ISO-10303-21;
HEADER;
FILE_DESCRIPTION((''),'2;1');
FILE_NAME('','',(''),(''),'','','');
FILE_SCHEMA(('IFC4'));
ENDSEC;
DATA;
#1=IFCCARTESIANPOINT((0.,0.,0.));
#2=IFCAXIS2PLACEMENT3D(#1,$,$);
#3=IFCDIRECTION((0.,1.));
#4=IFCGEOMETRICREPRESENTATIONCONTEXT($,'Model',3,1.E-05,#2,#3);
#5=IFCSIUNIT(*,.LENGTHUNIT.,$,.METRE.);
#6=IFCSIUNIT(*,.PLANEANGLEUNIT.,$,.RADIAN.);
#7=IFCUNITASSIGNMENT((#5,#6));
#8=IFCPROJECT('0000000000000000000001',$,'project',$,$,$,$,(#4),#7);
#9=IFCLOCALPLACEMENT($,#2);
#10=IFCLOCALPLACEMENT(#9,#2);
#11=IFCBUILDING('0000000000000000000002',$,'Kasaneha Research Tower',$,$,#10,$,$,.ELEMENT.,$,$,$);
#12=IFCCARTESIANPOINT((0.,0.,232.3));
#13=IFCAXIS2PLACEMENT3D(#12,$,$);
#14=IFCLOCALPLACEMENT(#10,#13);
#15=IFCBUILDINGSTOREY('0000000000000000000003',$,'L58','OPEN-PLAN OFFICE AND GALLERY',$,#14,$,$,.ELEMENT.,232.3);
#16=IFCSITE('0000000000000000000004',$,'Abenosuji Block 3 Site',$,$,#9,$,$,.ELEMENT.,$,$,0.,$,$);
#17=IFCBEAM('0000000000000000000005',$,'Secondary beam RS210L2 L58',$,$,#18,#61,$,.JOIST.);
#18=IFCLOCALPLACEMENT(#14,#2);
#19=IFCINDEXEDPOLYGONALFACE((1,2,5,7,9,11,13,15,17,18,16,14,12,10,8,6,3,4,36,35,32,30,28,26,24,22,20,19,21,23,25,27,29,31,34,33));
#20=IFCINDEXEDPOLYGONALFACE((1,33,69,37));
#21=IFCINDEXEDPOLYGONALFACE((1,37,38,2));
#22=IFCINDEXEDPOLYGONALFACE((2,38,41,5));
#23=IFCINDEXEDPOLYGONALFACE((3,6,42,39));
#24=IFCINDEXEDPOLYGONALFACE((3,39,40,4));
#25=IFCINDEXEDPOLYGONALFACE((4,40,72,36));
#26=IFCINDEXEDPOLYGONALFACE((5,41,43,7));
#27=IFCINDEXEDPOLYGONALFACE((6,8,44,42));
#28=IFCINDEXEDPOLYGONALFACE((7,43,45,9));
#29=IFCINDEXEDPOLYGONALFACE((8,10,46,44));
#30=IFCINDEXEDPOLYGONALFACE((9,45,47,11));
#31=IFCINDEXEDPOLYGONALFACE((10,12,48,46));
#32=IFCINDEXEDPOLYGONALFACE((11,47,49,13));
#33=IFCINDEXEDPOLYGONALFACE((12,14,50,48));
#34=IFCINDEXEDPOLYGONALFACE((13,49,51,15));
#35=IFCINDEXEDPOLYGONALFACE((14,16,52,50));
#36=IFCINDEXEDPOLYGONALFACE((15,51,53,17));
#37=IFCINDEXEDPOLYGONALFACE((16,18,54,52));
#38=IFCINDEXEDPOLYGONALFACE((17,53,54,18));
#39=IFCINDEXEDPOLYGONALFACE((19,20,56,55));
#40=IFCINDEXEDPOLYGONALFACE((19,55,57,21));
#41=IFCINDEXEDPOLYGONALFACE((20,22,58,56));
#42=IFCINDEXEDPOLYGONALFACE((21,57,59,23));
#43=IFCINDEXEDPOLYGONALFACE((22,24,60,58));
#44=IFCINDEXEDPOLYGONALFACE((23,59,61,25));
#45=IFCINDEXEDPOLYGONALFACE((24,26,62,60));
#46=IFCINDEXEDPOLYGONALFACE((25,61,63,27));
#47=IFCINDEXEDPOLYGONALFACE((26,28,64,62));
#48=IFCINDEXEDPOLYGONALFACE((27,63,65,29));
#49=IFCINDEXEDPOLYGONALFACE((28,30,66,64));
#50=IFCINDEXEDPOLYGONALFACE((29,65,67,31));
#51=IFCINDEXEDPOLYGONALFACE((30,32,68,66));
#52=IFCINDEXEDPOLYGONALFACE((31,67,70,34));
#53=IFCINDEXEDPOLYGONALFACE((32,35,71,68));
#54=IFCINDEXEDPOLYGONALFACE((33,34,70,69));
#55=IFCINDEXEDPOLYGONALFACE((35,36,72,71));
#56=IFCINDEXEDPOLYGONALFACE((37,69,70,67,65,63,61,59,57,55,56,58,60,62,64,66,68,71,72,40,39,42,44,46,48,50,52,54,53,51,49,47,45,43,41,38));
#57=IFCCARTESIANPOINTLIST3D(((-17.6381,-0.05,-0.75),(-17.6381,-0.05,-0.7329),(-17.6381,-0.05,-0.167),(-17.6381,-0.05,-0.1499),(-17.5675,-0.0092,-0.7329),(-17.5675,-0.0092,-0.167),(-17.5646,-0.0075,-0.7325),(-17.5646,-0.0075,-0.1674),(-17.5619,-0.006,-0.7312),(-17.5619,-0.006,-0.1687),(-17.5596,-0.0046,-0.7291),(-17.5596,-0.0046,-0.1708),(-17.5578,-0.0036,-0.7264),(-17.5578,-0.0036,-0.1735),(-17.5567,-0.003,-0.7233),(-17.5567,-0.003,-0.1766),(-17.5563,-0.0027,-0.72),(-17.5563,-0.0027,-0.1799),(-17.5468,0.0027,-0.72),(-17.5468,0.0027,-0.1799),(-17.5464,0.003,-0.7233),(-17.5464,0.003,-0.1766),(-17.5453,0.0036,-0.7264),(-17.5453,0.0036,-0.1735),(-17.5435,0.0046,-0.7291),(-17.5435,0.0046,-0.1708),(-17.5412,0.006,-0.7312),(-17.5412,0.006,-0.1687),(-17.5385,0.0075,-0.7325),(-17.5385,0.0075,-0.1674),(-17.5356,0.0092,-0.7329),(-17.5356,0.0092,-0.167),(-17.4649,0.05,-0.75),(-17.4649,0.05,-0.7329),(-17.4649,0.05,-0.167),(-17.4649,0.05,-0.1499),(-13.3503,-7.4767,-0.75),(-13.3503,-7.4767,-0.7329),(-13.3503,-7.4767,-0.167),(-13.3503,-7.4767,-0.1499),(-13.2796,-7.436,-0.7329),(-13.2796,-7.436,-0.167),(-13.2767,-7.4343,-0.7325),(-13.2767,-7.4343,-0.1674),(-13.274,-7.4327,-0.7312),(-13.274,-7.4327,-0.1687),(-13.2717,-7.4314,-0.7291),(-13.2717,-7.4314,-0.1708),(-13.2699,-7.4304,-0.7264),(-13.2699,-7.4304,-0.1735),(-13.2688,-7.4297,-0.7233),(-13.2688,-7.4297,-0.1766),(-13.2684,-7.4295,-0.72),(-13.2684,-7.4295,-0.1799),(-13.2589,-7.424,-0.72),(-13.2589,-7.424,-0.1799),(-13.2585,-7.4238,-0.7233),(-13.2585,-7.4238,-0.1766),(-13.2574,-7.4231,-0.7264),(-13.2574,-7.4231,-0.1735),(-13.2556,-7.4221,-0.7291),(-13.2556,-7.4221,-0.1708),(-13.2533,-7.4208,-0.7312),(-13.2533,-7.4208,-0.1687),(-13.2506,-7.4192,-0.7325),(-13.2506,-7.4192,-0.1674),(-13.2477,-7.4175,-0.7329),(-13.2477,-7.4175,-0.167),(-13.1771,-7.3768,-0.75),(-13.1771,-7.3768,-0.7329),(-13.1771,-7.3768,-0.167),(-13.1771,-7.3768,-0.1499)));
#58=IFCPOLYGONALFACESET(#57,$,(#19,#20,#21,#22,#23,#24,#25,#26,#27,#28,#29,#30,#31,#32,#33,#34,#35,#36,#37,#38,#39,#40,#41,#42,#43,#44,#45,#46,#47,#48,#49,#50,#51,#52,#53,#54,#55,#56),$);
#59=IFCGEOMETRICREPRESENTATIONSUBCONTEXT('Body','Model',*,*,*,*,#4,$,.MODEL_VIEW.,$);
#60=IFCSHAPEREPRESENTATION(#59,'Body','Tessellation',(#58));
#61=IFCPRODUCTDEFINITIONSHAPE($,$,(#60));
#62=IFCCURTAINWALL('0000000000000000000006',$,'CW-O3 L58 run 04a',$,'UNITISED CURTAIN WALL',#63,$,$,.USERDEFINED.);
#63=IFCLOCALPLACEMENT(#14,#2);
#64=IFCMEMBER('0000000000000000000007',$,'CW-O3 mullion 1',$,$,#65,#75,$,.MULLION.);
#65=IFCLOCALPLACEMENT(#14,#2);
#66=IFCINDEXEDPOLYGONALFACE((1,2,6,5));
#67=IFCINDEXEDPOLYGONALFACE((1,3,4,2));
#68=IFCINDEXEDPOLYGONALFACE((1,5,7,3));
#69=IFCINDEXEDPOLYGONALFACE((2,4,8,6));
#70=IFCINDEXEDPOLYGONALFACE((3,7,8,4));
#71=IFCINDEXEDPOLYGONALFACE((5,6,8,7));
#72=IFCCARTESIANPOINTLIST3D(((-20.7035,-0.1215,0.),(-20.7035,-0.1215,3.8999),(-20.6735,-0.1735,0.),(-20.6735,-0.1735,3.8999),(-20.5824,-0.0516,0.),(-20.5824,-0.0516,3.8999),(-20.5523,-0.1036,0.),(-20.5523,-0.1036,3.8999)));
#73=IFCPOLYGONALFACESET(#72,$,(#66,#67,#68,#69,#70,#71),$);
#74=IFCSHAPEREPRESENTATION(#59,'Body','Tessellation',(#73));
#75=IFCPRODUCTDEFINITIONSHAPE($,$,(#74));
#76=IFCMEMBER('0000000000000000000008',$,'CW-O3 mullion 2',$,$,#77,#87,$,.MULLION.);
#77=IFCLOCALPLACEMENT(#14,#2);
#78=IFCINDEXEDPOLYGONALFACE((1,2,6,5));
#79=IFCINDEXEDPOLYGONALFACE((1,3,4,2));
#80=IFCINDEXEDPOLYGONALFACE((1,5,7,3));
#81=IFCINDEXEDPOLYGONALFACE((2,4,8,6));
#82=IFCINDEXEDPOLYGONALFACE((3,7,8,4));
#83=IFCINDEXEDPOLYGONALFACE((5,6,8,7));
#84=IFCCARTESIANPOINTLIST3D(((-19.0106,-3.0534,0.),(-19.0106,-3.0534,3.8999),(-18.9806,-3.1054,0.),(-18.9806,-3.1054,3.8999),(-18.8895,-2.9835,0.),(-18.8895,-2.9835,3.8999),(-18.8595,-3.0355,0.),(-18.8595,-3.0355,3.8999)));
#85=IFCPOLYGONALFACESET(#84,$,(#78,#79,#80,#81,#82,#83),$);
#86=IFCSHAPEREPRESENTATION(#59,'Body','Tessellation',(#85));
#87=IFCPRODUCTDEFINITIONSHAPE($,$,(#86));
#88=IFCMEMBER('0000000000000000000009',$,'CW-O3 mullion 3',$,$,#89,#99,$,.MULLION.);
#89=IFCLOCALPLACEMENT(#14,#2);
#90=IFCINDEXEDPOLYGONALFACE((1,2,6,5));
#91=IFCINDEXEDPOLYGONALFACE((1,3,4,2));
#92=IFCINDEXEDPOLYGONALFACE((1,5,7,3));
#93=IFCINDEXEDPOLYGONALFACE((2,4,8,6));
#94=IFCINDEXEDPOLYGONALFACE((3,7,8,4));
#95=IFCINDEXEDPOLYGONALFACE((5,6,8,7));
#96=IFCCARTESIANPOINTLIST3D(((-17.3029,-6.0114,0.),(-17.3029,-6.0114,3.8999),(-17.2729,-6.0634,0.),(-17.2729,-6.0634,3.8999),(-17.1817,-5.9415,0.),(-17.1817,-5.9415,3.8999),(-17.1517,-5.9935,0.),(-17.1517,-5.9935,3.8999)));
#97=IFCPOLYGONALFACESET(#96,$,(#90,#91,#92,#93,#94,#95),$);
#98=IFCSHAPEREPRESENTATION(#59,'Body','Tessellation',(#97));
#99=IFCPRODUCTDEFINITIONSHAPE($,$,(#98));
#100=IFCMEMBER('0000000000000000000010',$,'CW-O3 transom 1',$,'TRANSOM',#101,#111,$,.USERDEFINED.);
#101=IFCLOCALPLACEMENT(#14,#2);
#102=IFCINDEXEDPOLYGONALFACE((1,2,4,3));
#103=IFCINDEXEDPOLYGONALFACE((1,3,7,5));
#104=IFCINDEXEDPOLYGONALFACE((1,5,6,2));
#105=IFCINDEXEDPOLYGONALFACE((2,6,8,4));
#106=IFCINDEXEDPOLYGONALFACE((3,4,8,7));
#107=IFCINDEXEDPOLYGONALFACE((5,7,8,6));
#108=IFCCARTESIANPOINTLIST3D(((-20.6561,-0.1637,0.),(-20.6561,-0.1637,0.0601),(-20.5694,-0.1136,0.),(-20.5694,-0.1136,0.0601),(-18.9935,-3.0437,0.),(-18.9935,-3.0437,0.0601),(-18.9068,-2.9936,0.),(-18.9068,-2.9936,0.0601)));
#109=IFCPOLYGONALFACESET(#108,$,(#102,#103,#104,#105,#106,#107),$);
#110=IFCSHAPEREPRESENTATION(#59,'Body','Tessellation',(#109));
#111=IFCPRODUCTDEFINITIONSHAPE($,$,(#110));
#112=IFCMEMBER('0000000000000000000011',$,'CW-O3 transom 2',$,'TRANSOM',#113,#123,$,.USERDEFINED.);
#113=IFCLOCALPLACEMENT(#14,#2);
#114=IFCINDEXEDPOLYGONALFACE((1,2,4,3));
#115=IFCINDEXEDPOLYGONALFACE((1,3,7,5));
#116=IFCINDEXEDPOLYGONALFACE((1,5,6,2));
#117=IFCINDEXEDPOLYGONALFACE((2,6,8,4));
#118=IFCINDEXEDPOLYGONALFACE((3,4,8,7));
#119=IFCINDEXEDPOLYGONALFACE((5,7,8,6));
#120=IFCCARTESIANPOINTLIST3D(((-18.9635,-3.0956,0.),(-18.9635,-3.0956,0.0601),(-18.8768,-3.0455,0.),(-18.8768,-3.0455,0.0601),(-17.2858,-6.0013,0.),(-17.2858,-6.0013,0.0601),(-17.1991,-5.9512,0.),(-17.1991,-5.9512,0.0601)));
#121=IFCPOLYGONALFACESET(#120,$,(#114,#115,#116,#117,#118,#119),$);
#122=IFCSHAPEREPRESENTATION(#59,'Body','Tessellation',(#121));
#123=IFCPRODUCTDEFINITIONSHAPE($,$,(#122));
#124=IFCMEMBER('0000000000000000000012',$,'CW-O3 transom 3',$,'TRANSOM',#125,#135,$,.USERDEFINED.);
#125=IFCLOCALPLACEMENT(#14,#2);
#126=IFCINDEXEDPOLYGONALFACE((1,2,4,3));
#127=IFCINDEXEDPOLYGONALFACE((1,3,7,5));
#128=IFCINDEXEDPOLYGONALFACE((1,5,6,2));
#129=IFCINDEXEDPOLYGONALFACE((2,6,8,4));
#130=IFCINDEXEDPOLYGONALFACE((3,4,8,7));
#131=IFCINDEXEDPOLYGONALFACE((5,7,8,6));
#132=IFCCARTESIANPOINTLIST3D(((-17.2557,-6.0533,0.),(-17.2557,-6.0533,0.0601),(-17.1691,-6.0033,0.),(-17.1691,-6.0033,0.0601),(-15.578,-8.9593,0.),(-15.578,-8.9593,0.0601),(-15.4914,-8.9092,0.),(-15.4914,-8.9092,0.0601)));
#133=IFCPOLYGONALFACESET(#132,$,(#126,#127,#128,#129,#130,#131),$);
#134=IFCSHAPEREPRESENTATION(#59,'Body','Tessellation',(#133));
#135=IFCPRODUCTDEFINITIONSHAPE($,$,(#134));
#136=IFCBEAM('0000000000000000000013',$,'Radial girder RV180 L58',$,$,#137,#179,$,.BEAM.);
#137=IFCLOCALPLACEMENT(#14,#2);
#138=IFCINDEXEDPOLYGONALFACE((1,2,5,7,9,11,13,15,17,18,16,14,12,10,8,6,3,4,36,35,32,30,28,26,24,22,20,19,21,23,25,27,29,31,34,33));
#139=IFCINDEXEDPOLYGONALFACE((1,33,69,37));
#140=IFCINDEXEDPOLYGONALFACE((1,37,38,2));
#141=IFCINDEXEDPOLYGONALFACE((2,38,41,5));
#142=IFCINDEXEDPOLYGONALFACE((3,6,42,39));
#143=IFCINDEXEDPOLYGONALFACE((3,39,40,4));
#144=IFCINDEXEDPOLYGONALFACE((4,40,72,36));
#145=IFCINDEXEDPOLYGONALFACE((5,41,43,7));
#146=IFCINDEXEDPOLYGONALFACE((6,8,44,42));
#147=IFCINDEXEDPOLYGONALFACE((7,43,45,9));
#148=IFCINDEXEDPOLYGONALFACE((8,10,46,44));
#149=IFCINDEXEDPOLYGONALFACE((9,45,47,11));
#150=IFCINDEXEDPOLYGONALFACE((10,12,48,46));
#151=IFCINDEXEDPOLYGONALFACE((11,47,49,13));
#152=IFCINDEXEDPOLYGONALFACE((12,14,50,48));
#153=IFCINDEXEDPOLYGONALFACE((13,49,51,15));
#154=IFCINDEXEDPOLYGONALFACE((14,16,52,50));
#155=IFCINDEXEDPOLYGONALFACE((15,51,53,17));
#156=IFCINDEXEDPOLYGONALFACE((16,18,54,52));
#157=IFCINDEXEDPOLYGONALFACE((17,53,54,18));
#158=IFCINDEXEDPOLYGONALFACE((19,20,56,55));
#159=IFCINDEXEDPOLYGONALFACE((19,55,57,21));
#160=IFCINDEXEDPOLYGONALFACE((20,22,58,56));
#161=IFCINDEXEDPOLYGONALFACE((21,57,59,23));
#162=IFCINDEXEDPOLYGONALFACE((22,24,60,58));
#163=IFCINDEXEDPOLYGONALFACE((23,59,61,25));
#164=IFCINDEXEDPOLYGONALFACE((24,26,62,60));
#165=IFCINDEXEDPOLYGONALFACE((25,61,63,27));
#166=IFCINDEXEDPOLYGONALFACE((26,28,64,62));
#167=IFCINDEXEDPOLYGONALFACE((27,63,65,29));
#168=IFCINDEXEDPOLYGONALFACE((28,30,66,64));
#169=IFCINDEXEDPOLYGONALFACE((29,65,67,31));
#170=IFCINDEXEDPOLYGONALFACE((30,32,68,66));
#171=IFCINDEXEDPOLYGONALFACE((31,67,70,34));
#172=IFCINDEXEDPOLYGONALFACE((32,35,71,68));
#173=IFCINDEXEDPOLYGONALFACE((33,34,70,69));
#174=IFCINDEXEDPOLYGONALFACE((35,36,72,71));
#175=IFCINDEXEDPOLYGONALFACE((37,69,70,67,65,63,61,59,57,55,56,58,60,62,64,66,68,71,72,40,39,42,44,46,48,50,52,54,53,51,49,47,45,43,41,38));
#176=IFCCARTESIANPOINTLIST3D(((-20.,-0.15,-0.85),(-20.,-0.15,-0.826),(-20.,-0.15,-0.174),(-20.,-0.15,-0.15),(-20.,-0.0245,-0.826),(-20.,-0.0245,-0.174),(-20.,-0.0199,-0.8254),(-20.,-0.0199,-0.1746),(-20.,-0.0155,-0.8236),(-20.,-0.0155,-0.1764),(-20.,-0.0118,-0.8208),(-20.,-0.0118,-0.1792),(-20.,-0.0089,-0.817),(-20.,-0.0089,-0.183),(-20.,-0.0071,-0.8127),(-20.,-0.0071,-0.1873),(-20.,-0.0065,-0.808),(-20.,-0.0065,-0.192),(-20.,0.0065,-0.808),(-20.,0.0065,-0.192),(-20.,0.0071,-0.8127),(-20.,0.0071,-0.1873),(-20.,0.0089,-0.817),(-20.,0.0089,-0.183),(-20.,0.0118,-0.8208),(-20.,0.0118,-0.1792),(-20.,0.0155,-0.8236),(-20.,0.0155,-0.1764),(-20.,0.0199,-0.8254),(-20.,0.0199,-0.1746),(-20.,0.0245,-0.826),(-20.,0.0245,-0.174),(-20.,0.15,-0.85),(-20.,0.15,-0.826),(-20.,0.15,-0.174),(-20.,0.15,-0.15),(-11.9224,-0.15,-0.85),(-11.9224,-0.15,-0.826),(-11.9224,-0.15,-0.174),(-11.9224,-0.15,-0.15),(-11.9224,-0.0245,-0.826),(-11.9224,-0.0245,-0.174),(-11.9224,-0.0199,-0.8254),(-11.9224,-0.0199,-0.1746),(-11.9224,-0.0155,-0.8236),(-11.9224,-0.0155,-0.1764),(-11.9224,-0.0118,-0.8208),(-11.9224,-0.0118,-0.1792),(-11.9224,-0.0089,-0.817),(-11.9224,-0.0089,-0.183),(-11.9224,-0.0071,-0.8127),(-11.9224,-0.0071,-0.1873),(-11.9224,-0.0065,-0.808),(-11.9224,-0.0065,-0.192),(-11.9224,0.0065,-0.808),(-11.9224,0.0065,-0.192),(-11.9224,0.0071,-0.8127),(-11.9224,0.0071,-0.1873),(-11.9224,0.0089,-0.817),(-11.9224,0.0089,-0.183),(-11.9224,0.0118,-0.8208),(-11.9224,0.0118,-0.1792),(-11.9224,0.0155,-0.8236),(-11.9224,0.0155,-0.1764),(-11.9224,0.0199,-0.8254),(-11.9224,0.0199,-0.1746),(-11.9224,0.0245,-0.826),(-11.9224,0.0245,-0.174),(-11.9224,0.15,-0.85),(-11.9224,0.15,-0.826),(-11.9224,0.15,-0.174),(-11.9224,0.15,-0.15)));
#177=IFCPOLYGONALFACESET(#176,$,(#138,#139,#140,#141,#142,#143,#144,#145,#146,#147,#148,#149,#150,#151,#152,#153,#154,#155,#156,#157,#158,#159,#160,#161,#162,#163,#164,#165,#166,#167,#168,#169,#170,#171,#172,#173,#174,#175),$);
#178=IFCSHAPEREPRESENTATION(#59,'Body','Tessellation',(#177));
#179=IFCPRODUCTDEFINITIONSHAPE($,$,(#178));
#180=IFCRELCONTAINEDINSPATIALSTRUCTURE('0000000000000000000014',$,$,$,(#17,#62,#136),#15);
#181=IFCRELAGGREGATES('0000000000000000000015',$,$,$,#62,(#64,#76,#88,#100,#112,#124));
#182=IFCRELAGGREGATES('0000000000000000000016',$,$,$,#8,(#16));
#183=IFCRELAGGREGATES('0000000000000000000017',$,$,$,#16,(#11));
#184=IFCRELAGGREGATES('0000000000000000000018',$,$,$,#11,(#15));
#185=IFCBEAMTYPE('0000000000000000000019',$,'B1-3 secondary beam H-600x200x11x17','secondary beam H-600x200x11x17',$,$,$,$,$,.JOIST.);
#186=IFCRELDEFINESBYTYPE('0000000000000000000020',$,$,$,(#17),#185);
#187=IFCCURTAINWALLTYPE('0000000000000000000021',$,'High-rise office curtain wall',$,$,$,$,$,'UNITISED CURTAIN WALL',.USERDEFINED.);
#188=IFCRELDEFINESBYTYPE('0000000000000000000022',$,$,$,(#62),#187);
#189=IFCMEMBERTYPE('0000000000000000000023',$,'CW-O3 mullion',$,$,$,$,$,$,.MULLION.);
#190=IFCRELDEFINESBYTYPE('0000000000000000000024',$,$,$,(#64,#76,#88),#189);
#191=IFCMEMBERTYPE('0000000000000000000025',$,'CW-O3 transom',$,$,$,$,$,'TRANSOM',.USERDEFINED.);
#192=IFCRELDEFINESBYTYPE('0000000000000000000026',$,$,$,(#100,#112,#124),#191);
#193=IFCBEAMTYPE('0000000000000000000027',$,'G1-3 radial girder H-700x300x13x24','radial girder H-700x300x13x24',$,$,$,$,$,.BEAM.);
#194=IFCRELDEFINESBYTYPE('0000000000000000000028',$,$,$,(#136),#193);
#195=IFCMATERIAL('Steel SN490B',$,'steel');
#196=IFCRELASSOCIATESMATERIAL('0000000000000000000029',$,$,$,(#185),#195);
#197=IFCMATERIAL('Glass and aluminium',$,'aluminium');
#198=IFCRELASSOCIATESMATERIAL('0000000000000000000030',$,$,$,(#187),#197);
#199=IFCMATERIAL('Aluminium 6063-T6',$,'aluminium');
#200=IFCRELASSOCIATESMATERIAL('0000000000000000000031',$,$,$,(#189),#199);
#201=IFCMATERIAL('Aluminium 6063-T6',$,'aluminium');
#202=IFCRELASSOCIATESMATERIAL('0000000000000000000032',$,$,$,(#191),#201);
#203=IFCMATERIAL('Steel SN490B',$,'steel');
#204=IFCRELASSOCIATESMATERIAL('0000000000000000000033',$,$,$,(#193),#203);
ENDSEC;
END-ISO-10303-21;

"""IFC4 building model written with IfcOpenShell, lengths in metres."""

from ifc_helpers import new_model, si_unit, direction, frame, origin, origin_2d, place, context, subcontext, project, spatial, rectangle, i_section, extrude, material, material_profile, profile_set, type_object, element, aggregate, save


model = new_model("IFC4")

# Units and contexts
model_context = context("Model", 3, precision=1e-05, world=origin(), true_north=direction((0.0, 1.0)))
body_context = subcontext(model_context, "Body", "Model", "MODEL_VIEW")
ifc_project = project(units=[si_unit("LENGTHUNIT", "METRE"), si_unit("PLANEANGLEUNIT", "RADIAN")], contexts=[model_context])

# Site, building, storey
site_placement = place(None, origin())
site = spatial("IfcSite", under=ifc_project, at=site_placement, Name="Abenosuji Block 3 Site", CompositionType="ELEMENT", RefElevation=0.0)
building_placement = place(site_placement, origin())
building = spatial("IfcBuilding", under=site, at=building_placement, Name="Kasaneha Research Tower", CompositionType="ELEMENT")
storey_placement = place(building_placement, frame((0.0, 0.0, 232.3)))
storey = spatial("IfcBuildingStorey", under=building, at=storey_placement, Name="L58", Description="OPEN-PLAN OFFICE AND GALLERY", CompositionType="ELEMENT", Elevation=232.3)

# Beam
ifc_material_1 = material(Name="Steel SN490B", Category="steel")
ifc_material_profile_1 = material_profile(ifc_material_1, i_section(OverallWidth=0.2, OverallDepth=0.6001, WebThickness=0.011, FlangeThickness=0.0171, FilletRadius=0.0129, at=origin_2d()), Name="H-600x200x11x17")
ifc_profile_set_1 = profile_set([ifc_material_profile_1], Name="Steel SN490B")
beam_type_1 = type_object("IfcBeamType", Name="B1-3 secondary beam H-600x200x11x17", Description="secondary beam H-600x200x11x17", PredefinedType="JOIST", material=ifc_profile_set_1)
beam_1_placement = place(storey_placement, frame((-17.5515, 0.0, -0.45), z_axis=(0.5, -0.866025, 0.0), x_axis=(0.866025, 0.5, 0.0)))
element("IfcBeam", 1, at=beam_1_placement, inside=storey, type_object=beam_type_1, Name="Secondary beam RS210L2 L58", PredefinedType="JOIST", context=body_context, shape_type="SweptSolid", body=[
    extrude(i_section(OverallWidth=0.2, OverallDepth=0.6001, WebThickness=0.011, FlangeThickness=0.0171, FilletRadius=0.0129, at=origin_2d()), origin(), (0.0, 0.0, 1.0), 8.5757),
])

# Curtain wall, members
ifc_material_2 = material(Name="Glass and aluminium", Category="aluminium")
curtain_wall_type = type_object("IfcCurtainWallType", Name="High-rise office curtain wall", ElementType="UNITISED CURTAIN WALL", PredefinedType="USERDEFINED", material=ifc_material_2)
curtain_wall_placement = place(storey_placement, origin())
curtain_wall = element("IfcCurtainWall", 2, at=curtain_wall_placement, inside=storey, type_object=curtain_wall_type, Name="CW-O3 L58 run 04a", ObjectType="UNITISED CURTAIN WALL", PredefinedType="USERDEFINED")
ifc_material_3 = material(Name="Aluminium 6063-T6", Category="aluminium")
ifc_material_profile_2 = material_profile(ifc_material_3, rectangle(XDim=0.0601, YDim=0.1399, at=origin_2d()), Name="CW-O3 mullion 60x140")
ifc_profile_set_2 = profile_set([ifc_material_profile_2], Name="Aluminium 6063-T6")
member_type_1 = type_object("IfcMemberType", Name="CW-O3 mullion", PredefinedType="MULLION", material=ifc_profile_set_2)
member_1_placement = place(storey_placement, frame((-20.6279, -0.1125, 0.0), z_axis=(0.0, 0.0, 1.0), x_axis=(0.5, -0.866025, 0.0)))
member_1 = element("IfcMember", 3, at=member_1_placement, type_object=member_type_1, Name="CW-O3 mullion 1", PredefinedType="MULLION", context=body_context, shape_type="SweptSolid", body=[
    extrude(rectangle(XDim=0.0601, YDim=0.1399, at=origin_2d()), origin(), (0.0, 0.0, 1.0), 3.8999),
])
member_2_placement = place(storey_placement, frame((-18.9351, -3.0444, 0.0), z_axis=(0.0, 0.0, 1.0), x_axis=(0.5, -0.866025, 0.0)))
member_2 = element("IfcMember", 4, at=member_2_placement, type_object=member_type_1, Name="CW-O3 mullion 2", PredefinedType="MULLION", context=body_context, shape_type="SweptSolid", body=[
    extrude(rectangle(XDim=0.0601, YDim=0.1399, at=origin_2d()), origin(), (0.0, 0.0, 1.0), 3.8999),
])
member_3_placement = place(storey_placement, frame((-17.2273, -6.0024, 0.0), z_axis=(0.0, 0.0, 1.0), x_axis=(0.5, -0.866025, 0.0)))
member_3 = element("IfcMember", 5, at=member_3_placement, type_object=member_type_1, Name="CW-O3 mullion 3", PredefinedType="MULLION", context=body_context, shape_type="SweptSolid", body=[
    extrude(rectangle(XDim=0.0601, YDim=0.1399, at=origin_2d()), origin(), (0.0, 0.0, 1.0), 3.8999),
])
ifc_material_4 = material(Name="Aluminium 6063-T6", Category="aluminium")
ifc_material_profile_3 = material_profile(ifc_material_4, rectangle(XDim=0.1001, YDim=0.0601, at=origin_2d()), Name="CW-O3 transom 100x60")
ifc_profile_set_3 = profile_set([ifc_material_profile_3], Name="Aluminium 6063-T6")
member_type_2 = type_object("IfcMemberType", Name="CW-O3 transom", ElementType="TRANSOM", PredefinedType="USERDEFINED", material=ifc_profile_set_3)
member_4_placement = place(storey_placement, frame((-20.6128, -0.1387, 0.03), z_axis=(0.499977, -0.866039, 0.0), x_axis=(0.866039, 0.499977, 0.0)))
member_4 = element("IfcMember", 6, at=member_4_placement, type_object=member_type_2, Name="CW-O3 transom 1", ObjectType="TRANSOM", PredefinedType="USERDEFINED", context=body_context, shape_type="SweptSolid", body=[
    extrude(rectangle(XDim=0.1001, YDim=0.0601, at=origin_2d()), origin(), (0.0, 0.0, 1.0), 3.3254),
])
member_5_placement = place(storey_placement, frame((-18.9202, -3.0706, 0.03), z_axis=(0.500021, -0.866014, 0.0), x_axis=(0.866014, 0.500021, 0.0)))
member_5 = element("IfcMember", 7, at=member_5_placement, type_object=member_type_2, Name="CW-O3 transom 2", ObjectType="TRANSOM", PredefinedType="USERDEFINED", context=body_context, shape_type="SweptSolid", body=[
    extrude(rectangle(XDim=0.1001, YDim=0.0601, at=origin_2d()), origin(), (0.0, 0.0, 1.0), 3.3552),
])
member_6_placement = place(storey_placement, frame((-17.2124, -6.0283, 0.03), z_axis=(0.499989, -0.866032, 0.0), x_axis=(0.866032, 0.499989, 0.0)))
member_6 = element("IfcMember", 8, at=member_6_placement, type_object=member_type_2, Name="CW-O3 transom 3", ObjectType="TRANSOM", PredefinedType="USERDEFINED", context=body_context, shape_type="SweptSolid", body=[
    extrude(rectangle(XDim=0.1001, YDim=0.0601, at=origin_2d()), origin(), (0.0, 0.0, 1.0), 3.3555),
])

# Beam
ifc_material_5 = material(Name="Steel SN490B", Category="steel")
ifc_material_profile_4 = material_profile(ifc_material_5, i_section(OverallWidth=0.3, OverallDepth=0.7, WebThickness=0.0129, FlangeThickness=0.0239, FilletRadius=0.0181, at=origin_2d()), Name="H-700x300x13x24")
ifc_profile_set_4 = profile_set([ifc_material_profile_4], Name="Steel SN490B")
beam_type_2 = type_object("IfcBeamType", Name="G1-3 radial girder H-700x300x13x24", Description="radial girder H-700x300x13x24", PredefinedType="BEAM", material=ifc_profile_set_4)
beam_2_placement = place(storey_placement, frame((-11.9224, 0.0, -0.5), z_axis=(-1.0, 0.0, 0.0), x_axis=(0.0, -1.0, 0.0)))
element("IfcBeam", 9, at=beam_2_placement, inside=storey, type_object=beam_type_2, Name="Radial girder RV180 L58", PredefinedType="BEAM", context=body_context, shape_type="SweptSolid", body=[
    extrude(i_section(OverallWidth=0.3, OverallDepth=0.7, WebThickness=0.0129, FlangeThickness=0.0239, FilletRadius=0.0181, at=origin_2d()), origin(), (0.0, 0.0, 1.0), 8.0776),
])

aggregate(curtain_wall, [member_1, member_2, member_3, member_4, member_5, member_6])

save(model, "model.ifc")
